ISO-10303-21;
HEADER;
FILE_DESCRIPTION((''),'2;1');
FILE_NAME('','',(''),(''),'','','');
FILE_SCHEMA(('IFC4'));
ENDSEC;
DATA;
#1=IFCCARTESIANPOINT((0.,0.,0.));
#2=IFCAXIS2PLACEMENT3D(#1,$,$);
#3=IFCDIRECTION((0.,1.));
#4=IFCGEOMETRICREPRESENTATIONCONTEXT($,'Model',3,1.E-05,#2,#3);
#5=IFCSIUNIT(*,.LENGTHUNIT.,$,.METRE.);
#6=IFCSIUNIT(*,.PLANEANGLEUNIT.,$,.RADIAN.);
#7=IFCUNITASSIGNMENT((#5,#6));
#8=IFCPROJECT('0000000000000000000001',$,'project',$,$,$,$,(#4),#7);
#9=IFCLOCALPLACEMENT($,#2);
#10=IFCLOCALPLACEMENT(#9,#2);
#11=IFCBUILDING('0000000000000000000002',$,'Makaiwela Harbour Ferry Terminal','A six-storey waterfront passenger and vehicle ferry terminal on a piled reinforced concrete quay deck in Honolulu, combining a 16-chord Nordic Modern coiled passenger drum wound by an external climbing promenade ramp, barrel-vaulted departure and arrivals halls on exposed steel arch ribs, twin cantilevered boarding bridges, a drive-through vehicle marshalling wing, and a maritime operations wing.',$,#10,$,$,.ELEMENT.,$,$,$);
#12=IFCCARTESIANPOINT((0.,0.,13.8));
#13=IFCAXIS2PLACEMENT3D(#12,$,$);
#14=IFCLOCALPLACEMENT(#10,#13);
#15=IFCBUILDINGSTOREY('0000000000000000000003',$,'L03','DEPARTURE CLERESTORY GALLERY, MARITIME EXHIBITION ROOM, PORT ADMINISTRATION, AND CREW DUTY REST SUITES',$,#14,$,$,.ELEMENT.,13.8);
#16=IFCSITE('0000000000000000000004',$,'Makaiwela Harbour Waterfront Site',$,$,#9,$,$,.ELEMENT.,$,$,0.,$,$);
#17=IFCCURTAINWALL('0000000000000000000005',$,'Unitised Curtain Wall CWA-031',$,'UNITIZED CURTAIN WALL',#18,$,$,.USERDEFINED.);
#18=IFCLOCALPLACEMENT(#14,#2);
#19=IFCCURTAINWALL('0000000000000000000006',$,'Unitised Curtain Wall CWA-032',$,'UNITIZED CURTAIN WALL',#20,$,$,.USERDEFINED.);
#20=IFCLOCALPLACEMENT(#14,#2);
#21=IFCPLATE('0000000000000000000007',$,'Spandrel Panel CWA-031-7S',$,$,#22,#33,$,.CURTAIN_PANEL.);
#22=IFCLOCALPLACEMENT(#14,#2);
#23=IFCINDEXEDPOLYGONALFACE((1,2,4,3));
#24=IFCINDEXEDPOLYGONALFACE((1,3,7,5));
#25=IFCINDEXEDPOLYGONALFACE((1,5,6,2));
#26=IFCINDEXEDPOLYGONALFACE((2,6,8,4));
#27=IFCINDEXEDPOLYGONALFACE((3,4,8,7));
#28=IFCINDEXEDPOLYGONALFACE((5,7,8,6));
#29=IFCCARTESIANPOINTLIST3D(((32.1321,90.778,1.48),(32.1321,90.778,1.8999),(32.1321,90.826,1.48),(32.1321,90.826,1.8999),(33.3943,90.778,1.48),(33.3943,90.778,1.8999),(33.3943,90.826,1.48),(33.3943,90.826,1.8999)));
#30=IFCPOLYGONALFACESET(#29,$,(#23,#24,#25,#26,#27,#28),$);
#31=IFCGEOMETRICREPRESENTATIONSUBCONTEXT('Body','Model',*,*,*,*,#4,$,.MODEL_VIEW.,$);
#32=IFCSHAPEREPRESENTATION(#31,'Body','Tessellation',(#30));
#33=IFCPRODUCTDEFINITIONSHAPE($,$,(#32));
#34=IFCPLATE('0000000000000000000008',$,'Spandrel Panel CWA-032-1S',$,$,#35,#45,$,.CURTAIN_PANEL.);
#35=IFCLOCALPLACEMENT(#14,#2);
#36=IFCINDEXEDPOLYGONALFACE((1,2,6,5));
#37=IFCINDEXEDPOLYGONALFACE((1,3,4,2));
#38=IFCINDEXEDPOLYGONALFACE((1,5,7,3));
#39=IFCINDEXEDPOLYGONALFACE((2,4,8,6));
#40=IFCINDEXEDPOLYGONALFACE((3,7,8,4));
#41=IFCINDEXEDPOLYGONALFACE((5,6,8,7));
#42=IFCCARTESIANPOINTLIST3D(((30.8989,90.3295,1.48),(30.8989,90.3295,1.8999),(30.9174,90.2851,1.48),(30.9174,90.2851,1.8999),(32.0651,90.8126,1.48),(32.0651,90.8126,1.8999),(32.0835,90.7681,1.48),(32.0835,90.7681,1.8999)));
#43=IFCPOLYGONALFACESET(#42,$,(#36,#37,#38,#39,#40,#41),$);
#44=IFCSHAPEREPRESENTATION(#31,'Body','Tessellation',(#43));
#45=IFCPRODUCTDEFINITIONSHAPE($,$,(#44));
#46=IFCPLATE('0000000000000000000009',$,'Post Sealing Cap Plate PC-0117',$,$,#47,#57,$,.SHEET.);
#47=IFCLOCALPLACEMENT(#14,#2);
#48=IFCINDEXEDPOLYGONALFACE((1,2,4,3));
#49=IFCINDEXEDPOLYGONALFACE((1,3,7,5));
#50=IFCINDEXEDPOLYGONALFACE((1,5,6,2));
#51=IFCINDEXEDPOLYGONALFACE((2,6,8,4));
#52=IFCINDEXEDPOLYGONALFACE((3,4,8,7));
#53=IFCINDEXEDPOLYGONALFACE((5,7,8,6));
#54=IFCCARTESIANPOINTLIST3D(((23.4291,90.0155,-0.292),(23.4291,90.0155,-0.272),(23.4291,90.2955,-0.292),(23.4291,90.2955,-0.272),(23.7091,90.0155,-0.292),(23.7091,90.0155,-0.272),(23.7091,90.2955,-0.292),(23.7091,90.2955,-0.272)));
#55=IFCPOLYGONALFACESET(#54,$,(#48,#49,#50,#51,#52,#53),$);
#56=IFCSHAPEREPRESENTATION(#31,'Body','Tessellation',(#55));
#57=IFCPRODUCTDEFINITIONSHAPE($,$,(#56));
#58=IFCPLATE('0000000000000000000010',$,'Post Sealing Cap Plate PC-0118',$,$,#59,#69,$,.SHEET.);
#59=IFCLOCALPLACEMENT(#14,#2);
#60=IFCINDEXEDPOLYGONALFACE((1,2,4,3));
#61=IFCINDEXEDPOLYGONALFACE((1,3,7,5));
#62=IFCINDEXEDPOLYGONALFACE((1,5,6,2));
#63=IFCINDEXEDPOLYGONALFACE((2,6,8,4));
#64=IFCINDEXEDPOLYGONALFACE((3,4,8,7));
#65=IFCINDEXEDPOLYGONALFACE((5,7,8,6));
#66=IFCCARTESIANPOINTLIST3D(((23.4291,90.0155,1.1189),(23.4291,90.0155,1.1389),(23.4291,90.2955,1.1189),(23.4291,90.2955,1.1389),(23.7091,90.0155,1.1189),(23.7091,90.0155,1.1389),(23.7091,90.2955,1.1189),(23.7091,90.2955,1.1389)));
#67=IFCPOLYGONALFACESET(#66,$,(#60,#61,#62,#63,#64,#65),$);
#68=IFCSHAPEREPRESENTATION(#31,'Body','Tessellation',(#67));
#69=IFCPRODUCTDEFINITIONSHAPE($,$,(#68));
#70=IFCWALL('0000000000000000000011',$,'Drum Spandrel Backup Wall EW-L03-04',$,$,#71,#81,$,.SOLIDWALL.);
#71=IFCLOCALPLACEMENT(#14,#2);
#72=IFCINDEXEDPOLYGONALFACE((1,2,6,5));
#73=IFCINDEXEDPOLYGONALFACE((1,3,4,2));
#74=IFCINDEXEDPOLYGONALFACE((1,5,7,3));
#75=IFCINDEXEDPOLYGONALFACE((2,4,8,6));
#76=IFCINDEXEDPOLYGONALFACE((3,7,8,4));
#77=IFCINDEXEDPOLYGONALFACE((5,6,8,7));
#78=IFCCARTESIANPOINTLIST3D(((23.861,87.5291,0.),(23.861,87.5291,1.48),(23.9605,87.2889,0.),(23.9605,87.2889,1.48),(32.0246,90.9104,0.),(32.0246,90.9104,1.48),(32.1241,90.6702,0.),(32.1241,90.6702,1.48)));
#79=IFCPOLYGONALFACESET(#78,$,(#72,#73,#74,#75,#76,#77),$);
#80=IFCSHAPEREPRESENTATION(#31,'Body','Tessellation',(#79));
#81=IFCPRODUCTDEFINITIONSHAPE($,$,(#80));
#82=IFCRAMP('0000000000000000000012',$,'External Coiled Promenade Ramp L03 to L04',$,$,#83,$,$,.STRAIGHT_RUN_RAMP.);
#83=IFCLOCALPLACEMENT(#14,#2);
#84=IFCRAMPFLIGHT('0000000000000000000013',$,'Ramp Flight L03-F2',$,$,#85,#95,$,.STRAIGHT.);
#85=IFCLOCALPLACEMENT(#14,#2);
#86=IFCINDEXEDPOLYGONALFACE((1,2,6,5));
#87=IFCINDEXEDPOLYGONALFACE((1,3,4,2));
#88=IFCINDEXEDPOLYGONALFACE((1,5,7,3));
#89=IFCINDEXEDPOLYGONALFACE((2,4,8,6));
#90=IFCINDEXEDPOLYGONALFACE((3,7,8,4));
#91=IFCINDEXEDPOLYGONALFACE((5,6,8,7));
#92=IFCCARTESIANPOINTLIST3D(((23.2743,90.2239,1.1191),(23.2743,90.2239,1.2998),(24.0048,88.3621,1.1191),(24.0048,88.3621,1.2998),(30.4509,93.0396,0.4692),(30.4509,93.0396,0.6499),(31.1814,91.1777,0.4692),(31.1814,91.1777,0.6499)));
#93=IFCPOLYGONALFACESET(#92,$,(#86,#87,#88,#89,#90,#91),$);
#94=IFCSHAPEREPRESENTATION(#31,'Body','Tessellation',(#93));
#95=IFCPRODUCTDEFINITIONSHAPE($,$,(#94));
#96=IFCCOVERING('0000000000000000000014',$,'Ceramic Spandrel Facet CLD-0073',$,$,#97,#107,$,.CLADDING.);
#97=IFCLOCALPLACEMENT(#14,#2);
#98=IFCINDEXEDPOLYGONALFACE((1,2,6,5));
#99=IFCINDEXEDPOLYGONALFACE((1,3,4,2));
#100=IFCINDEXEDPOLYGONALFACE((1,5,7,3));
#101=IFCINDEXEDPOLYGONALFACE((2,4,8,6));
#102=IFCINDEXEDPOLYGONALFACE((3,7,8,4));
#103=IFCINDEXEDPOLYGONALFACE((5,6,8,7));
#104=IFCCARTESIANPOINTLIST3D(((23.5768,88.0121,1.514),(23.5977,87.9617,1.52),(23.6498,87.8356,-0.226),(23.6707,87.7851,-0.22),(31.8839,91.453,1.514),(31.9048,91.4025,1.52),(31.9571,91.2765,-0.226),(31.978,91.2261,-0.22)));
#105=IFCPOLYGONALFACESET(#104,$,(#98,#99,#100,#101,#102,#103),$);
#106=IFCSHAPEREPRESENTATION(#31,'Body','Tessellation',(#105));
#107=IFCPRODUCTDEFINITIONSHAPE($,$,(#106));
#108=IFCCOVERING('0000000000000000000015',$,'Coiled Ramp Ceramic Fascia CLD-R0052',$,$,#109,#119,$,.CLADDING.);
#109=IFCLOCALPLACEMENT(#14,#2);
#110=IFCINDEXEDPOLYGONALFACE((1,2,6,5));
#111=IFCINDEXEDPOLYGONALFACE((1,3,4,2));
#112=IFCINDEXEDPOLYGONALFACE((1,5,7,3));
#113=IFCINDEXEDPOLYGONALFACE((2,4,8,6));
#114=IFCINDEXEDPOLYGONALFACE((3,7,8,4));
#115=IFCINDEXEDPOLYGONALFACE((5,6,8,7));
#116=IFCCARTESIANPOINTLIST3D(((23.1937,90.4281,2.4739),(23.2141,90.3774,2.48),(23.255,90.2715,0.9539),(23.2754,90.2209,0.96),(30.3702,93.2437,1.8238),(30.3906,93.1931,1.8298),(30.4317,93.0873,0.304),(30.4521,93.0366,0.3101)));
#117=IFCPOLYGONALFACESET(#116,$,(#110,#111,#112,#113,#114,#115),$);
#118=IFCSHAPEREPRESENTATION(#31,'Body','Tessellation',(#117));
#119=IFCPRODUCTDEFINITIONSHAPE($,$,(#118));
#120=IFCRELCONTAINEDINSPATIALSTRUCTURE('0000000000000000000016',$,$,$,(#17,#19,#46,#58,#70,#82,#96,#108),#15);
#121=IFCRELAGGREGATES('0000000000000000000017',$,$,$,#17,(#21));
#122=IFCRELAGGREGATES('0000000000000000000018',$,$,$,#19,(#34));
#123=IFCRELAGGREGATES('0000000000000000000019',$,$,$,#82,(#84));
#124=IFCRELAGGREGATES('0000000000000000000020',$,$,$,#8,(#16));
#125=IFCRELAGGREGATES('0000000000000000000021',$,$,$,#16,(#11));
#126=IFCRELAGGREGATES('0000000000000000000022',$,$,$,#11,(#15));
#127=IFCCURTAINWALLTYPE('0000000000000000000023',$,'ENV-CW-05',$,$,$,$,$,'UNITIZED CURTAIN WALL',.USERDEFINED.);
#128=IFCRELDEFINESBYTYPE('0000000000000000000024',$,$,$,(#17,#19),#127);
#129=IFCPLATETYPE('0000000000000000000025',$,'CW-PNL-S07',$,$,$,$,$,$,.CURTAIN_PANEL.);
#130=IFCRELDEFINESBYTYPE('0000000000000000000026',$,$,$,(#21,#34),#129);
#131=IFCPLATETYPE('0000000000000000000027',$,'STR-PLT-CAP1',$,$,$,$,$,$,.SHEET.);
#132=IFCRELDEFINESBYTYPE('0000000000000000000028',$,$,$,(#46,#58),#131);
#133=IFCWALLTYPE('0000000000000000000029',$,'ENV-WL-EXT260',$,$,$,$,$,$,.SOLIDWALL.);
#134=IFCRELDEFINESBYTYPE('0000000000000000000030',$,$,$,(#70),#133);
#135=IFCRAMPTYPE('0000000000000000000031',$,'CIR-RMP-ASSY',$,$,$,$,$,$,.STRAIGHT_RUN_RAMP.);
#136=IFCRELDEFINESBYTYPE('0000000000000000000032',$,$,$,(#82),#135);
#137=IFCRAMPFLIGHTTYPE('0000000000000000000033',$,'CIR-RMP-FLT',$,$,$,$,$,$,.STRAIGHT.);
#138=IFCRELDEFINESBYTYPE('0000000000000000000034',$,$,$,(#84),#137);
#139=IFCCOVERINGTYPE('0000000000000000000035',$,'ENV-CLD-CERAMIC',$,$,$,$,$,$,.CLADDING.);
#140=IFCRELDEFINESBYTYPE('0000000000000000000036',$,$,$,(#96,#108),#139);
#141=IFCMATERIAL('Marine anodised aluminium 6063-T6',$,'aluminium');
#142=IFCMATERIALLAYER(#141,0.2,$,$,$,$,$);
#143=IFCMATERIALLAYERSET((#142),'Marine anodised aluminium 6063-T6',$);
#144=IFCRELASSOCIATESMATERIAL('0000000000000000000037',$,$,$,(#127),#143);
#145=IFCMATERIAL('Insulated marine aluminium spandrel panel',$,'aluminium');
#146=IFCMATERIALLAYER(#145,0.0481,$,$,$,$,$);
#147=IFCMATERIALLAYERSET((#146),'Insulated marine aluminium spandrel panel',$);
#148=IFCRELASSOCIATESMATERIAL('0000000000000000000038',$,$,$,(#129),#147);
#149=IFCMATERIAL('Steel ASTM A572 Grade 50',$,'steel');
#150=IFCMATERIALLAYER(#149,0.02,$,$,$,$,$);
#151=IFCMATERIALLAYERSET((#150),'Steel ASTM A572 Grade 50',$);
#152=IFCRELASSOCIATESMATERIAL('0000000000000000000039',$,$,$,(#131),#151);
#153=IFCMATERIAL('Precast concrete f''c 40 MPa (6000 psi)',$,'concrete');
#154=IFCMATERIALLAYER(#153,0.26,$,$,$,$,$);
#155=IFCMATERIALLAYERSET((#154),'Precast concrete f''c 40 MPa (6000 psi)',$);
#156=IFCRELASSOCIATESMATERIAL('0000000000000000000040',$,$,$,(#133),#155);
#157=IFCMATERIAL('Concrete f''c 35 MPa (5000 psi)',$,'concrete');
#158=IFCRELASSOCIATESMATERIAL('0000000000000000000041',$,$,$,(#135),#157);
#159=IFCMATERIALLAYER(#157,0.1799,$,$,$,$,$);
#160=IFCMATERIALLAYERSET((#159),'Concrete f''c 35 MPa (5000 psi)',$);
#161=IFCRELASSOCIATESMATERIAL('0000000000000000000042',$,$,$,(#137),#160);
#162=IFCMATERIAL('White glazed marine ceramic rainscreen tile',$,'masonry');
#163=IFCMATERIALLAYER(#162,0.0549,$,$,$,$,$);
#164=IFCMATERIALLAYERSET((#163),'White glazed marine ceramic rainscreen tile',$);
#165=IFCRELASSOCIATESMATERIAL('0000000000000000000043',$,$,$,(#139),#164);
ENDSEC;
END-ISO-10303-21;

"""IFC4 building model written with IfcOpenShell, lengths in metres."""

from ifc_helpers import new_model, si_unit, direction, frame, frame_2d, origin, origin_2d, place, context, subcontext, project, spatial, polyline, rectangle, outline, extrude, material, layer, layer_set, type_object, element, aggregate, save


model = new_model("IFC4")

# Units and contexts
model_context = context("Model", 3, precision=1e-05, world=origin(), true_north=direction((0.0, 1.0)))
body_context = subcontext(model_context, "Body", "Model", "MODEL_VIEW")
ifc_project = project(units=[si_unit("LENGTHUNIT", "METRE"), si_unit("PLANEANGLEUNIT", "RADIAN")], contexts=[model_context])

# Site, building, storey
site_placement = place(None, origin())
site = spatial("IfcSite", under=ifc_project, at=site_placement, Name="Makaiwela Harbour Waterfront Site", CompositionType="ELEMENT", RefElevation=0.0)
building_placement = place(site_placement, origin())
building = spatial("IfcBuilding", under=site, at=building_placement, Name="Makaiwela Harbour Ferry Terminal", Description="A six-storey waterfront passenger and vehicle ferry terminal on a piled reinforced concrete quay deck in Honolulu, combining a 16-chord Nordic Modern coiled passenger drum wound by an external climbing promenade ramp, barrel-vaulted departure and arrivals halls on exposed steel arch ribs, twin cantilevered boarding bridges, a drive-through vehicle marshalling wing, and a maritime operations wing.", CompositionType="ELEMENT")
storey_placement = place(building_placement, frame((0.0, 0.0, 13.8)))
storey = spatial("IfcBuildingStorey", under=building, at=storey_placement, Name="L03", Description="DEPARTURE CLERESTORY GALLERY, MARITIME EXHIBITION ROOM, PORT ADMINISTRATION, AND CREW DUTY REST SUITES", CompositionType="ELEMENT", Elevation=13.8)

# Curtain wall
ifc_material_1 = material(Name="Marine anodised aluminium 6063-T6", Category="aluminium")
ifc_layer_1 = layer(ifc_material_1, 0.2)
ifc_layer_set_1 = layer_set([ifc_layer_1], Name="Marine anodised aluminium 6063-T6")
curtain_wall_type = type_object("IfcCurtainWallType", Name="ENV-CW-05", ElementType="UNITIZED CURTAIN WALL", PredefinedType="USERDEFINED", material=ifc_layer_set_1)
curtain_wall_1_placement = place(storey_placement, origin())
curtain_wall_1 = element("IfcCurtainWall", 1, at=curtain_wall_1_placement, inside=storey, type_object=curtain_wall_type, Name="Unitised Curtain Wall CWA-031", ObjectType="UNITIZED CURTAIN WALL", PredefinedType="USERDEFINED")

# Curtain wall
curtain_wall_2_placement = place(storey_placement, origin())
curtain_wall_2 = element("IfcCurtainWall", 2, at=curtain_wall_2_placement, inside=storey, type_object=curtain_wall_type, Name="Unitised Curtain Wall CWA-032", ObjectType="UNITIZED CURTAIN WALL", PredefinedType="USERDEFINED")

# Plates
ifc_material_2 = material(Name="Insulated marine aluminium spandrel panel", Category="aluminium")
ifc_layer_2 = layer(ifc_material_2, 0.0481)
ifc_layer_set_2 = layer_set([ifc_layer_2], Name="Insulated marine aluminium spandrel panel")
plate_type_1 = type_object("IfcPlateType", Name="CW-PNL-S07", PredefinedType="CURTAIN_PANEL", material=ifc_layer_set_2)
plate_1_placement = place(storey_placement, frame((32.7632, 90.802, 1.48), z_axis=(0.0, 0.0, 1.0), x_axis=(-1.0, 0.0, 0.0)))
plate_1 = element("IfcPlate", 3, at=plate_1_placement, type_object=plate_type_1, Name="Spandrel Panel CWA-031-7S", PredefinedType="CURTAIN_PANEL", context=body_context, shape_type="SweptSolid", body=[
    extrude(rectangle(XDim=1.2622, YDim=0.0481, at=origin_2d()), origin(), (0.0, 0.0, 1.0), 0.4199),
])
aggregate(curtain_wall_1, [plate_1])
plate_2_placement = place(storey_placement, frame((31.4912, 90.5488, 1.48), z_axis=(0.0, 0.0, 1.0), x_axis=(-0.92388, -0.382683, 0.0)))
plate_2 = element("IfcPlate", 4, at=plate_2_placement, type_object=plate_type_1, Name="Spandrel Panel CWA-032-1S", PredefinedType="CURTAIN_PANEL", context=body_context, shape_type="SweptSolid", body=[
    extrude(rectangle(XDim=1.2622, YDim=0.0481, at=origin_2d()), origin(), (0.0, 0.0, 1.0), 0.4199),
])
aggregate(curtain_wall_2, [plate_2])

# Plates
ifc_material_3 = material(Name="Steel ASTM A572 Grade 50", Category="steel")
ifc_layer_3 = layer(ifc_material_3, 0.02)
ifc_layer_set_3 = layer_set([ifc_layer_3], Name="Steel ASTM A572 Grade 50")
plate_type_2 = type_object("IfcPlateType", Name="STR-PLT-CAP1", PredefinedType="SHEET", material=ifc_layer_set_3)
for number, where, z_axis, x_axis, name in (
    (5, (23.5691, 90.1555, -0.292), (0.0, 0.0, 1.0), (1.0, 0.0, 0.0), "Post Sealing Cap Plate PC-0117"),
    (6, (23.5691, 90.1555, 1.1189), (0.0, 0.0, 1.0), (1.0, 0.0, 0.0), "Post Sealing Cap Plate PC-0118"),
):
    element("IfcPlate", number, at=place(storey_placement, frame(where, z_axis=z_axis, x_axis=x_axis)), inside=storey, type_object=plate_type_2, Name=name, PredefinedType="SHEET", context=body_context, shape_type="SweptSolid", body=[
        extrude(rectangle(XDim=0.28, YDim=0.28, at=origin_2d()), origin(), (0.0, 0.0, 1.0), 0.02),
    ])

# Wall
ifc_material_4 = material(Name="Precast concrete f'c 40 MPa (6000 psi)", Category="concrete")
ifc_layer_4 = layer(ifc_material_4, 0.26)
ifc_layer_set_4 = layer_set([ifc_layer_4], Name="Precast concrete f'c 40 MPa (6000 psi)")
wall_type = type_object("IfcWallType", Name="ENV-WL-EXT260", PredefinedType="SOLIDWALL", material=ifc_layer_set_4)
wall_placement = place(storey_placement, frame((32.0742, 90.7903, 0.0), z_axis=(0.0, 0.0, 1.0), x_axis=(-0.923884, -0.382672, 0.0)))
element("IfcWall", 7, at=wall_placement, inside=storey, type_object=wall_type, Name="Drum Spandrel Backup Wall EW-L03-04", PredefinedType="SOLIDWALL", context=body_context, shape_type="SweptSolid", body=[
    extrude(rectangle(XDim=8.8362, YDim=0.26, at=frame_2d((4.418, 0.0))), origin(), (0.0, 0.0, 1.0), 1.48),
])

# Ramp, ramp flight
ifc_material_5 = material(Name="Concrete f'c 35 MPa (5000 psi)", Category="concrete")
ramp_type = type_object("IfcRampType", Name="CIR-RMP-ASSY", PredefinedType="STRAIGHT_RUN_RAMP", material=ifc_material_5)
ramp_placement = place(storey_placement, origin())
ramp = element("IfcRamp", 8, at=ramp_placement, inside=storey, type_object=ramp_type, Name="External Coiled Promenade Ramp L03 to L04", PredefinedType="STRAIGHT_RUN_RAMP")
ifc_layer_5 = layer(ifc_material_5, 0.1799)
ifc_layer_set_5 = layer_set([ifc_layer_5], Name="Concrete f'c 35 MPa (5000 psi)")
ramp_flight_type = type_object("IfcRampFlightType", Name="CIR-RMP-FLT", PredefinedType="STRAIGHT", material=ifc_layer_set_5)
ramp_flight_placement = place(storey_placement, frame((30.8162, 92.1086, 0.6499), z_axis=(0.0, 0.0, 1.0), x_axis=(-0.930916, -0.365234, 0.0)))
ramp_flight = element("IfcRampFlight", 9, at=ramp_flight_placement, type_object=ramp_flight_type, Name="Ramp Flight L03-F2", PredefinedType="STRAIGHT", context=body_context, shape_type="SweptSolid", body=[
    extrude(outline(polyline([(0.0, 0.0), (7.7092, 0.6499), (7.7092, 0.4692), (0.0, -0.1807), (0.0, 0.0)])), frame((0.0, 1.0, 0.0), z_axis=(0.0, -1.0, 0.0), x_axis=(1.0, 0.0, 0.0)), (0.0, 0.0, 1.0), 2.0),
])
aggregate(ramp, [ramp_flight])

# Coverings
ifc_material_6 = material(Name="White glazed marine ceramic rainscreen tile", Category="masonry")
ifc_layer_6 = layer(ifc_material_6, 0.0549)
ifc_layer_set_6 = layer_set([ifc_layer_6], Name="White glazed marine ceramic rainscreen tile")
covering_type = type_object("IfcCoveringType", Name="ENV-CLD-CERAMIC", PredefinedType="CLADDING", material=ifc_layer_set_6)
covering_1_placement = place(storey_placement, frame((31.978, 91.2261, -0.22), z_axis=(0.380392, -0.918362, 0.109149), x_axis=(-0.923882, -0.382678, 0.000001)))
element("IfcCovering", 10, at=covering_1_placement, inside=storey, type_object=covering_type, Name="Ceramic Spandrel Facet CLD-0073", PredefinedType="CLADDING", context=body_context, shape_type="SweptSolid", body=[
    extrude(outline(polyline([(0.0, 0.0), (8.9918, 0.0), (8.9917, -1.7504), (0.0001, -1.7505), (0.0, 0.0)])), origin(), (0.0, 0.0, -1.0), 0.0549),
])
covering_2_placement = place(storey_placement, frame((30.4521, 93.0366, 0.3101), z_axis=(0.371634, -0.921848, 0.10993), x_axis=(-0.927625, -0.363945, 0.084004)))
element("IfcCovering", 11, at=covering_2_placement, inside=storey, type_object=covering_type, Name="Coiled Ramp Ceramic Fascia CLD-R0052", PredefinedType="CLADDING", context=body_context, shape_type="SweptSolid", body=[
    extrude(outline(polyline([(0.0, 0.0), (7.7367, 0.0), (7.8643, -1.524), (0.1278, -1.5237), (0.0, 0.0)])), origin(), (0.0, 0.0, -1.0), 0.0549),
])

save(model, "model.ifc")
